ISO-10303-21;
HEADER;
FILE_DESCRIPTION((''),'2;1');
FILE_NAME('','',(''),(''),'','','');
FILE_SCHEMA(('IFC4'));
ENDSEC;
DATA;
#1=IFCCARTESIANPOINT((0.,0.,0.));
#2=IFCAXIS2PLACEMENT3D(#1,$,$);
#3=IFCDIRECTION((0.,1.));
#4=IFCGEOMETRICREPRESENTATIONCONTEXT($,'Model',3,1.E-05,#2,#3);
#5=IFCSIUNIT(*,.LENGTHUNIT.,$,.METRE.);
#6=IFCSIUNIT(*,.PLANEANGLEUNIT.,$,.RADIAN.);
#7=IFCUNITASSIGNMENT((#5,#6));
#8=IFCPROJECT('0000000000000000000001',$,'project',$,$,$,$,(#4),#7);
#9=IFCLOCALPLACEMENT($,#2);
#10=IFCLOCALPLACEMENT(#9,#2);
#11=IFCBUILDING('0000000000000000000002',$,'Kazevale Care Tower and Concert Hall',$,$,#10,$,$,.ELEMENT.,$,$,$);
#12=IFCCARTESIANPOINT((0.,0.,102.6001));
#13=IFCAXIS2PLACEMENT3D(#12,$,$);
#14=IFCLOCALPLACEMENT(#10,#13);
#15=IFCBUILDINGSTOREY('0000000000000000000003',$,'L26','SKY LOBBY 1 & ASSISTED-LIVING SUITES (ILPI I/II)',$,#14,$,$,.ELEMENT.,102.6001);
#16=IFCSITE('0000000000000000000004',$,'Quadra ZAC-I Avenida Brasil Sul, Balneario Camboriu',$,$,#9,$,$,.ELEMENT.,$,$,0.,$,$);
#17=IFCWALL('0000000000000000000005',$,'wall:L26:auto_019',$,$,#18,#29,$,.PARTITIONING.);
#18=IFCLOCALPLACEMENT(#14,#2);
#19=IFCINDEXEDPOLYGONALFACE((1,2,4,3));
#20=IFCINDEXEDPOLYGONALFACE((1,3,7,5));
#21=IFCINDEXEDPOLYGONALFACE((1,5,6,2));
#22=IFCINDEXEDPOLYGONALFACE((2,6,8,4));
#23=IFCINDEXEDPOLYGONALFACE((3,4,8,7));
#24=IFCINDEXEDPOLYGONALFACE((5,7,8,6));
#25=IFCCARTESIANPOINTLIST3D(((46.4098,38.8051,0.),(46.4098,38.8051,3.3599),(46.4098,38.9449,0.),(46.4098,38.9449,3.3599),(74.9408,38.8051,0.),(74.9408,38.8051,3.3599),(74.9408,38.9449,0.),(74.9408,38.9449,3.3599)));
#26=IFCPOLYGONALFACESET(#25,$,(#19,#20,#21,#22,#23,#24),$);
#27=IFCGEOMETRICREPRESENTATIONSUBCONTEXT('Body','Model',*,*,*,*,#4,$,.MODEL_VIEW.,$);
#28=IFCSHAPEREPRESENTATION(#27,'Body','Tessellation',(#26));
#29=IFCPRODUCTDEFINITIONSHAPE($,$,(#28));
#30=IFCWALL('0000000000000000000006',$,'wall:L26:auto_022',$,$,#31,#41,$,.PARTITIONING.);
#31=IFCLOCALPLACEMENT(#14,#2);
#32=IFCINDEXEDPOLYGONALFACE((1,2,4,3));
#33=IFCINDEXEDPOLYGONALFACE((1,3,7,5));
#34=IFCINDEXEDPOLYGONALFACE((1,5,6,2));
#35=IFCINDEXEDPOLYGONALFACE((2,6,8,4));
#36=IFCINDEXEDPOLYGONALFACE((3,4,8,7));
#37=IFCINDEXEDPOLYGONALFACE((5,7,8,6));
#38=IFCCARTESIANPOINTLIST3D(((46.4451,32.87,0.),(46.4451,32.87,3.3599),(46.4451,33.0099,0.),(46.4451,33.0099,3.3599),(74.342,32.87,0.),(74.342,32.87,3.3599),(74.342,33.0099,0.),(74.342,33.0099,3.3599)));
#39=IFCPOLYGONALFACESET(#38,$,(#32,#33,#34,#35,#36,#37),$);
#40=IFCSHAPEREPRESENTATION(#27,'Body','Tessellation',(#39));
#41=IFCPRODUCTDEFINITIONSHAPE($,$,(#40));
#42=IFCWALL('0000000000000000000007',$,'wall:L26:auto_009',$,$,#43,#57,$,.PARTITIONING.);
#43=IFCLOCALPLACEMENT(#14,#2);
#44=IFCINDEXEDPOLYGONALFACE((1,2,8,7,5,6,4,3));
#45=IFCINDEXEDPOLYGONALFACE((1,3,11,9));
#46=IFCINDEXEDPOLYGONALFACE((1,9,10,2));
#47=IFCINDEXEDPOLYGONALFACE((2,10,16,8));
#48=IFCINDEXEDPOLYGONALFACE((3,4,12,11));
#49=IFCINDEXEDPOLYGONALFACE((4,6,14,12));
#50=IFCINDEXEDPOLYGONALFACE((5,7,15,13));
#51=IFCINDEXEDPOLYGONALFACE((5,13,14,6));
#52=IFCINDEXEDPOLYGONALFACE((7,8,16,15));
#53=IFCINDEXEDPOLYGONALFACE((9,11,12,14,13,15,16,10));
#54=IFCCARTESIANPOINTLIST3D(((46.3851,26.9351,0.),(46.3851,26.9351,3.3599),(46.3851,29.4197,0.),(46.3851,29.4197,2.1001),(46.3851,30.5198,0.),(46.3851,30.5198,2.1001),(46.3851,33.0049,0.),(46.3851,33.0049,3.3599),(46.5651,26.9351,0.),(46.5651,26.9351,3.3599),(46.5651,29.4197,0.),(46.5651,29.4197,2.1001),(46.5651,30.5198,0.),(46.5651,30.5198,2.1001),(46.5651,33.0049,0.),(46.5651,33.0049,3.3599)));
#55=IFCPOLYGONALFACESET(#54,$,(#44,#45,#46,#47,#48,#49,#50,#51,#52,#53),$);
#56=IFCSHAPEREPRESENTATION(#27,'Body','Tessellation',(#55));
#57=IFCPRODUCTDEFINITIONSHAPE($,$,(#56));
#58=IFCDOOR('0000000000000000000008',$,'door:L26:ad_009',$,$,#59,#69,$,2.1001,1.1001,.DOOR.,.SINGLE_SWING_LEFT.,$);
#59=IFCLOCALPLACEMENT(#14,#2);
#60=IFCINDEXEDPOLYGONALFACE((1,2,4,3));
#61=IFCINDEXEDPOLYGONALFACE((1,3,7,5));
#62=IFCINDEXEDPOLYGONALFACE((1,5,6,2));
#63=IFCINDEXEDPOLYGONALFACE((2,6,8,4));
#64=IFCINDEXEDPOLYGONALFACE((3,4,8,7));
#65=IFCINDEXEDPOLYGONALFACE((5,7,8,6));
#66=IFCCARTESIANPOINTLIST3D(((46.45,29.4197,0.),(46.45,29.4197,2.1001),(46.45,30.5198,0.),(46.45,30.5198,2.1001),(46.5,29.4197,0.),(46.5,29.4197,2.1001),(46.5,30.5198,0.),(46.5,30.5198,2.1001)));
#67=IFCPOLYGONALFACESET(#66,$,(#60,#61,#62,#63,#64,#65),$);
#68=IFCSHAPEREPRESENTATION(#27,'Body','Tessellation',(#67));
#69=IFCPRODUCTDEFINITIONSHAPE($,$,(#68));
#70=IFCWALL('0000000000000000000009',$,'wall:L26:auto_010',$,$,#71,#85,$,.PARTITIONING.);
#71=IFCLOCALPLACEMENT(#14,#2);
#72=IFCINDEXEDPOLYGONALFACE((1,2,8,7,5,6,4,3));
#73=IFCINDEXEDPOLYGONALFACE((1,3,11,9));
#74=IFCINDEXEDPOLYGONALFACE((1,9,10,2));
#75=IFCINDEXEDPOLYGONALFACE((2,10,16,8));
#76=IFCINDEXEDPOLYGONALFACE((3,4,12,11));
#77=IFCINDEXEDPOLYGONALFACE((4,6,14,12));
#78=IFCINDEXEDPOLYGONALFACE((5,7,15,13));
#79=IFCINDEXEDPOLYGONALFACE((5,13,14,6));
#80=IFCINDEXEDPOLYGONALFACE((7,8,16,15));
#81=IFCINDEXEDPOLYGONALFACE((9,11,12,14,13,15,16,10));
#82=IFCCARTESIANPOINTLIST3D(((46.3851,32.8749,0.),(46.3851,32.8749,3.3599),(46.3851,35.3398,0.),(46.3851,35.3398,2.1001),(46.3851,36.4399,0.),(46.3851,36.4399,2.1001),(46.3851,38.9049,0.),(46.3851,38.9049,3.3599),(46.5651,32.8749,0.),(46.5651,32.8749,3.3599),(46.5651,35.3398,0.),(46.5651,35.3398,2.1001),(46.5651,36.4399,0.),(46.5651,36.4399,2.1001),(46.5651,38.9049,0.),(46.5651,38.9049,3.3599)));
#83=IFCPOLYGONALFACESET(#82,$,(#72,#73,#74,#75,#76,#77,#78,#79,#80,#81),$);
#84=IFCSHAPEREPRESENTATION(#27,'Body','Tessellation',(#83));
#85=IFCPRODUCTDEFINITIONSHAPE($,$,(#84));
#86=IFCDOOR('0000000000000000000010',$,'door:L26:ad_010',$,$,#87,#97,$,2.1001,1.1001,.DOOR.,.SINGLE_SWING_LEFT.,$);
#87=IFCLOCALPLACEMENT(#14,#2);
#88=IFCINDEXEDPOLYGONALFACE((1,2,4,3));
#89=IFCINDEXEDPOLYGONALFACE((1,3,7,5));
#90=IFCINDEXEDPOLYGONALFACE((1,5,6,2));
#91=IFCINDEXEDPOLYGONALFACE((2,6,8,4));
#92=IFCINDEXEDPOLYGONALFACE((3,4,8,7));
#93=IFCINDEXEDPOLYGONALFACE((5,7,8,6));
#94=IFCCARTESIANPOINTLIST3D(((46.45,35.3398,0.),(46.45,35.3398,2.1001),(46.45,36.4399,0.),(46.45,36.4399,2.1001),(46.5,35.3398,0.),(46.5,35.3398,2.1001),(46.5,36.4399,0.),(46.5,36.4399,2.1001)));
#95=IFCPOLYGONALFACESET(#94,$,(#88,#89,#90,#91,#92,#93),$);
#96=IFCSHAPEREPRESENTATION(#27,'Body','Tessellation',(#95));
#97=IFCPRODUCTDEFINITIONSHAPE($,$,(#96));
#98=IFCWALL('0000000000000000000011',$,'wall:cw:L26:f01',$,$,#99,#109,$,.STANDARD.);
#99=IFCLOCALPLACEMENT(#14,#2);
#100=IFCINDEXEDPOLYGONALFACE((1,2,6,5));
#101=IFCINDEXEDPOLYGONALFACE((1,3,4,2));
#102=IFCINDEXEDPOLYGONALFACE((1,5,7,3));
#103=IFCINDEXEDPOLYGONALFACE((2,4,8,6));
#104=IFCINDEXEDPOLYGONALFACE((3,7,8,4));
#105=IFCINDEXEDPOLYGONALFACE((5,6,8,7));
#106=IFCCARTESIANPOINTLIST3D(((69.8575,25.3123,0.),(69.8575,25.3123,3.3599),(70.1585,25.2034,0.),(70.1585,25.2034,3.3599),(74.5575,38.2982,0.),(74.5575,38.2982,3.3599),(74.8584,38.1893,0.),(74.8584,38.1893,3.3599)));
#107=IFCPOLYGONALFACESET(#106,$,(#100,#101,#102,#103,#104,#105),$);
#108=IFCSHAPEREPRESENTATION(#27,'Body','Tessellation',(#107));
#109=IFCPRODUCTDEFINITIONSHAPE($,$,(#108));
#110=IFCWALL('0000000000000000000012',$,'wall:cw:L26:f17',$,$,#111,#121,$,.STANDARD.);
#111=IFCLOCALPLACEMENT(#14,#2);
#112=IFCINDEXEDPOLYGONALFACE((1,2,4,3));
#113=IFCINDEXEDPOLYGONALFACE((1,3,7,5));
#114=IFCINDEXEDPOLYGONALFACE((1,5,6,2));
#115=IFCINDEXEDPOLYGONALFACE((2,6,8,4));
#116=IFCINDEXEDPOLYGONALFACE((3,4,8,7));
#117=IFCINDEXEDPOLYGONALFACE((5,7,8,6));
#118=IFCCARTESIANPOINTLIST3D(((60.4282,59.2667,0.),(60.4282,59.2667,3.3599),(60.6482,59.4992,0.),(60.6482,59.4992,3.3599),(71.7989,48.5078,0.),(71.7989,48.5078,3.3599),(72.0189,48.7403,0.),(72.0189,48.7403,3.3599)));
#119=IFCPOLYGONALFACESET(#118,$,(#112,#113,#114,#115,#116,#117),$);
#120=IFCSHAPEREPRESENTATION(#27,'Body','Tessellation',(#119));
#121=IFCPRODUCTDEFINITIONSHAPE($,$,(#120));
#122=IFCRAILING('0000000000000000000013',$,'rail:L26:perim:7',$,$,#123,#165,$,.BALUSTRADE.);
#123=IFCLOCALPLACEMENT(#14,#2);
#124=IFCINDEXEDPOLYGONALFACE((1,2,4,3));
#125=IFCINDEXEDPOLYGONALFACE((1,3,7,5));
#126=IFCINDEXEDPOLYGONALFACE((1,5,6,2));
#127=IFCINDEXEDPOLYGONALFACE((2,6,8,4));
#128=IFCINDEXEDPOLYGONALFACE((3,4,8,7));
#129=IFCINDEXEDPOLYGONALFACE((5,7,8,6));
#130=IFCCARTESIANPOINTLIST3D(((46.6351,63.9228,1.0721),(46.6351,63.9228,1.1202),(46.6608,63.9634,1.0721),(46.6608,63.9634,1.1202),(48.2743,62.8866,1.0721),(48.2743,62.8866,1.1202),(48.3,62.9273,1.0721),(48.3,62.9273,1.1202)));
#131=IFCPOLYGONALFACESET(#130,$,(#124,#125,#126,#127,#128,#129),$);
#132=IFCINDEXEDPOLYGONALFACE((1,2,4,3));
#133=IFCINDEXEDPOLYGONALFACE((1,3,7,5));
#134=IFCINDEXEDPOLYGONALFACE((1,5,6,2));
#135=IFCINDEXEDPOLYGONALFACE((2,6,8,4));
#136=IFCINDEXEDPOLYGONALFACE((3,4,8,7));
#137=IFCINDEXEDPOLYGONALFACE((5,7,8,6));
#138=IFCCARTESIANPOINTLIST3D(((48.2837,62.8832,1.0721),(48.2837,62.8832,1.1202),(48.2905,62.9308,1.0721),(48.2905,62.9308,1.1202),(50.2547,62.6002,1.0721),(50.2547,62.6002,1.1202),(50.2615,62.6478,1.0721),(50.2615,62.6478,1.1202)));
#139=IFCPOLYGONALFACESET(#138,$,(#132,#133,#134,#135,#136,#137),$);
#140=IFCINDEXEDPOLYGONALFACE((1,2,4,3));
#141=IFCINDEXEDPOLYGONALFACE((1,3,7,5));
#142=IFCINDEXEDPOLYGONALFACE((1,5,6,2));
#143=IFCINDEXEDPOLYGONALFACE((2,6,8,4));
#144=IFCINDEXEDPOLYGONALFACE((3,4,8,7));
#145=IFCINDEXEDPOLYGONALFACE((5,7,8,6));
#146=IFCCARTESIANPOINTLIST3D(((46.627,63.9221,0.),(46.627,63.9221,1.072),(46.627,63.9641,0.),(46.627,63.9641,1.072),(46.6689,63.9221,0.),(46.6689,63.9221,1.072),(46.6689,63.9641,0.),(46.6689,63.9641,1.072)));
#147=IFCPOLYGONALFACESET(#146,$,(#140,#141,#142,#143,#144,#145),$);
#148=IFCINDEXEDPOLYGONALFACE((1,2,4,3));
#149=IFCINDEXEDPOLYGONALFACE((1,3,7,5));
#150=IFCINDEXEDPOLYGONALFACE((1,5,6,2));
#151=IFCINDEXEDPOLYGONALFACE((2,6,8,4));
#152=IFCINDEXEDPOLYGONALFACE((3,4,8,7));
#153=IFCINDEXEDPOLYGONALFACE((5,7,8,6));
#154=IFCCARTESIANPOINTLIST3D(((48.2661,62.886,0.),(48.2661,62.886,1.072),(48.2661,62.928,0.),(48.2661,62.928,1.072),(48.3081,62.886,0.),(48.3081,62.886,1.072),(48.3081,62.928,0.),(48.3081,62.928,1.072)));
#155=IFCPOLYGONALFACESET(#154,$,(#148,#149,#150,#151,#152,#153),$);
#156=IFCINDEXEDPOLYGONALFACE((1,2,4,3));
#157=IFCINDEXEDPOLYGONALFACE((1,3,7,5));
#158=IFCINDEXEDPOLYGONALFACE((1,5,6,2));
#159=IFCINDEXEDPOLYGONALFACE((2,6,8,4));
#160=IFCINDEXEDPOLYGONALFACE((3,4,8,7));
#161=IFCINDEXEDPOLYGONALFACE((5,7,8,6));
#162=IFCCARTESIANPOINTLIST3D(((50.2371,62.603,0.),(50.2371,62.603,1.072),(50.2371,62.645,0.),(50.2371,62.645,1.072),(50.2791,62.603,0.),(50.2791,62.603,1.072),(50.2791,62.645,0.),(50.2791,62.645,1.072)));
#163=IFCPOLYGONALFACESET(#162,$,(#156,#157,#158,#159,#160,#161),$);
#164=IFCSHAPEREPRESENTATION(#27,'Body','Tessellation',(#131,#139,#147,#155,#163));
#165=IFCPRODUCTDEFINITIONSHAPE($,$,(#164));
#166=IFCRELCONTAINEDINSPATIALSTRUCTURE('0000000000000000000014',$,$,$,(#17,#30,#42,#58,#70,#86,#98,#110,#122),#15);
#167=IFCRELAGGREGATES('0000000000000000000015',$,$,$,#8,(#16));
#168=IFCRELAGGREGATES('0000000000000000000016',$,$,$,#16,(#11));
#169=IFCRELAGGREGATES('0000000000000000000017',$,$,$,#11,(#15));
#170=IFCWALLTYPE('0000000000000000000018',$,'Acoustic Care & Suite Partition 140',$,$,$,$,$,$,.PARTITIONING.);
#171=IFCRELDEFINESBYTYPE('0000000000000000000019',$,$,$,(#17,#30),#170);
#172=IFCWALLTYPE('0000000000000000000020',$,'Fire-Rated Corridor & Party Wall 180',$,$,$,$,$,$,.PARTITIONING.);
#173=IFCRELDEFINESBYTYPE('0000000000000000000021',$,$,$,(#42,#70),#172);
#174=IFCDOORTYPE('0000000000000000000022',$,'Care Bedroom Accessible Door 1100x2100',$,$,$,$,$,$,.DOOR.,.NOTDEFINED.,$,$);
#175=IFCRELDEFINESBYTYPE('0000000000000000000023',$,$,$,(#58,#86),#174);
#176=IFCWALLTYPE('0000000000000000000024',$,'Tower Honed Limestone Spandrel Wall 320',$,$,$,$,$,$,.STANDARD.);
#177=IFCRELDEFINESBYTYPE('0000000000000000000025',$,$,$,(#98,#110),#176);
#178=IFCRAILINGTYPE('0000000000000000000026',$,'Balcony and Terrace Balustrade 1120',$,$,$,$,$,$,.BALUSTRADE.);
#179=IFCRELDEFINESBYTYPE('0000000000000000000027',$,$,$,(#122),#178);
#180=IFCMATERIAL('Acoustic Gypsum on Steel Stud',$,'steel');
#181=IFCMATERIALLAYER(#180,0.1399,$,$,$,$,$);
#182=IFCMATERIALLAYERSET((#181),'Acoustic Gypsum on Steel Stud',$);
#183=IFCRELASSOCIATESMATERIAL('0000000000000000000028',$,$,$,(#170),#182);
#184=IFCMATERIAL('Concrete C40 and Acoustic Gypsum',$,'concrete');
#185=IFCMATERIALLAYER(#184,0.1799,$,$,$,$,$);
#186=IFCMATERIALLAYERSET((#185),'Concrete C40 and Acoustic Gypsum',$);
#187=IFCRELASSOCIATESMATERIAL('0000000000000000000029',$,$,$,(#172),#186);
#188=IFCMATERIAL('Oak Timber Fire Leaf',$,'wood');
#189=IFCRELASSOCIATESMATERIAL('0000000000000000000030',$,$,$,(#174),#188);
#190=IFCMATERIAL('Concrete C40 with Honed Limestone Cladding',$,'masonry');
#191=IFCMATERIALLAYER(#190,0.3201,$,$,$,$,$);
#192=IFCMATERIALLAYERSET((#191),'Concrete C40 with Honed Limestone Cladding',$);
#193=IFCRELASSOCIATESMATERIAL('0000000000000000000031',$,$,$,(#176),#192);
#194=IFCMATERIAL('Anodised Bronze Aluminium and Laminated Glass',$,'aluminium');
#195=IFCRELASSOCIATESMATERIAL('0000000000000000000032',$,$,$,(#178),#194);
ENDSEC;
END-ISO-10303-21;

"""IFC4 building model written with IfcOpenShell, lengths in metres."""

from ifc_helpers import new_model, si_unit, direction, frame, frame_2d, origin, origin_2d, place, context, subcontext, project, spatial, rectangle, extrude, material, layer, layer_set, type_object, element, fill, save


model = new_model("IFC4")

# Units and contexts
model_context = context("Model", 3, precision=1e-05, world=origin(), true_north=direction((0.0, 1.0)))
body_context = subcontext(model_context, "Body", "Model", "MODEL_VIEW")
ifc_project = project(units=[si_unit("LENGTHUNIT", "METRE"), si_unit("PLANEANGLEUNIT", "RADIAN")], contexts=[model_context])

# Site, building, storey
site_placement = place(None, origin())
site = spatial("IfcSite", under=ifc_project, at=site_placement, Name="Quadra ZAC-I Avenida Brasil Sul, Balneario Camboriu", CompositionType="ELEMENT", RefElevation=0.0)
building_placement = place(site_placement, origin())
building = spatial("IfcBuilding", under=site, at=building_placement, Name="Kazevale Care Tower and Concert Hall", CompositionType="ELEMENT")
storey_placement = place(building_placement, frame((0.0, 0.0, 102.6001)))
storey = spatial("IfcBuildingStorey", under=building, at=storey_placement, Name="L26", Description="SKY LOBBY 1 & ASSISTED-LIVING SUITES (ILPI I/II)", CompositionType="ELEMENT", Elevation=102.6001)

# Walls
ifc_material_1 = material(Name="Acoustic Gypsum on Steel Stud", Category="steel")
ifc_layer_1 = layer(ifc_material_1, 0.1399)
ifc_layer_set_1 = layer_set([ifc_layer_1], Name="Acoustic Gypsum on Steel Stud")
wall_type_1 = type_object("IfcWallType", Name="Acoustic Care & Suite Partition 140", PredefinedType="PARTITIONING", material=ifc_layer_set_1)
wall_1_placement = place(storey_placement, frame((74.9409, 38.875, 0.0), z_axis=(0.0, 0.0, 1.0), x_axis=(-1.0, 0.0, 0.0)))
element("IfcWall", 1, at=wall_1_placement, inside=storey, type_object=wall_type_1, Name="wall:L26:auto_019", PredefinedType="PARTITIONING", context=body_context, shape_type="SweptSolid", body=[
    extrude(rectangle(XDim=28.531, YDim=0.1399, at=frame_2d((14.2656, 0.0))), origin(), (0.0, 0.0, 1.0), 3.3599),
])
wall_2_placement = place(storey_placement, frame((46.4451, 32.9399, 0.0), z_axis=(0.0, 0.0, 1.0), x_axis=(1.0, 0.0, 0.0)))
element("IfcWall", 2, at=wall_2_placement, inside=storey, type_object=wall_type_1, Name="wall:L26:auto_022", PredefinedType="PARTITIONING", context=body_context, shape_type="SweptSolid", body=[
    extrude(rectangle(XDim=27.897, YDim=0.1399, at=frame_2d((13.9485, 0.0))), origin(), (0.0, 0.0, 1.0), 3.3599),
])

# Walls, openings, doors
ifc_material_2 = material(Name="Concrete C40 and Acoustic Gypsum", Category="concrete")
ifc_layer_2 = layer(ifc_material_2, 0.1799)
ifc_layer_set_2 = layer_set([ifc_layer_2], Name="Concrete C40 and Acoustic Gypsum")
wall_type_2 = type_object("IfcWallType", Name="Fire-Rated Corridor & Party Wall 180", PredefinedType="PARTITIONING", material=ifc_layer_set_2)
wall_3_placement = place(storey_placement, frame((46.4751, 33.0049, 0.0), z_axis=(0.0, 0.0, 1.0), x_axis=(0.0, -1.0, 0.0)))
wall_3 = element("IfcWall", 3, at=wall_3_placement, inside=storey, type_object=wall_type_2, Name="wall:L26:auto_009", PredefinedType="PARTITIONING", context=body_context, shape_type="SweptSolid", body=[
    extrude(rectangle(XDim=6.0698, YDim=0.1799, at=frame_2d((3.0349, 0.0))), origin(), (0.0, 0.0, 1.0), 3.3599),
])
opening_1_placement = place(wall_3_placement, frame((2.4851, 0.0, 0.0)))
opening_1 = element("IfcOpeningElement", 4, at=opening_1_placement, cuts=wall_3, PredefinedType="OPENING", context=body_context, shape_type="SweptSolid", body=[
    extrude(rectangle(XDim=1.1001, YDim=2.1001, at=frame_2d((0.55, 1.05))), frame((0.0, 0.0999, 0.0), z_axis=(0.0, -1.0, 0.0), x_axis=(1.0, 0.0, 0.0)), (0.0, 0.0, 1.0), 0.2),
])
ifc_material_3 = material(Name="Oak Timber Fire Leaf", Category="wood")
door_type = type_object("IfcDoorType", Name="Care Bedroom Accessible Door 1100x2100", OperationType="NOTDEFINED", PredefinedType="DOOR", material=ifc_material_3)
door_1_placement = place(opening_1_placement, origin())
door_1 = element("IfcDoor", 5, at=door_1_placement, inside=storey, type_object=door_type, Name="door:L26:ad_009", OperationType="SINGLE_SWING_LEFT", OverallHeight=2.1001, OverallWidth=1.1001, PredefinedType="DOOR", context=body_context, shape_type="SweptSolid", body=[
    extrude(rectangle(XDim=1.1001, YDim=2.1001, at=frame_2d((0.55, 1.05))), frame((0.0, 0.0249, 0.0), z_axis=(0.0, -1.0, 0.0), x_axis=(1.0, 0.0, 0.0)), (0.0, 0.0, 1.0), 0.05),
])
fill(opening_1, door_1)
wall_4_placement = place(storey_placement, frame((46.4751, 38.905, 0.0), z_axis=(0.0, 0.0, 1.0), x_axis=(0.0, -1.0, 0.0)))
wall_4 = element("IfcWall", 6, at=wall_4_placement, inside=storey, type_object=wall_type_2, Name="wall:L26:auto_010", PredefinedType="PARTITIONING", context=body_context, shape_type="SweptSolid", body=[
    extrude(rectangle(XDim=6.03, YDim=0.1799, at=frame_2d((3.0151, 0.0))), origin(), (0.0, 0.0, 1.0), 3.3599),
])
opening_2_placement = place(wall_4_placement, frame((2.4651, 0.0, 0.0)))
opening_2 = element("IfcOpeningElement", 7, at=opening_2_placement, cuts=wall_4, PredefinedType="OPENING", context=body_context, shape_type="SweptSolid", body=[
    extrude(rectangle(XDim=1.1001, YDim=2.1001, at=frame_2d((0.55, 1.05))), frame((0.0, 0.0999, 0.0), z_axis=(0.0, -1.0, 0.0), x_axis=(1.0, 0.0, 0.0)), (0.0, 0.0, 1.0), 0.2),
])
door_2_placement = place(opening_2_placement, origin())
door_2 = element("IfcDoor", 8, at=door_2_placement, inside=storey, type_object=door_type, Name="door:L26:ad_010", OperationType="SINGLE_SWING_LEFT", OverallHeight=2.1001, OverallWidth=1.1001, PredefinedType="DOOR", context=body_context, shape_type="SweptSolid", body=[
    extrude(rectangle(XDim=1.1001, YDim=2.1001, at=frame_2d((0.55, 1.05))), frame((0.0, 0.0249, 0.0), z_axis=(0.0, -1.0, 0.0), x_axis=(1.0, 0.0, 0.0)), (0.0, 0.0, 1.0), 0.05),
])
fill(opening_2, door_2)

# Walls
ifc_material_4 = material(Name="Concrete C40 with Honed Limestone Cladding", Category="masonry")
ifc_layer_3 = layer(ifc_material_4, 0.3201)
ifc_layer_set_3 = layer_set([ifc_layer_3], Name="Concrete C40 with Honed Limestone Cladding")
wall_type_3 = type_object("IfcWallType", Name="Tower Honed Limestone Spandrel Wall 320", PredefinedType="STANDARD", material=ifc_layer_set_3)
wall_5_placement = place(storey_placement, frame((74.708, 38.2439, 0.0), z_axis=(0.0, 0.0, 1.0), x_axis=(-0.340325, -0.940308, 0.0)))
element("IfcWall", 9, at=wall_5_placement, inside=storey, type_object=wall_type_3, Name="wall:cw:L26:f01", PredefinedType="STANDARD", context=body_context, shape_type="SweptSolid", body=[
    extrude(rectangle(XDim=13.8103, YDim=0.3201, at=frame_2d((6.9053, 0.0))), origin(), (0.0, 0.0, 1.0), 3.3599),
])
wall_6_placement = place(storey_placement, frame((60.5381, 59.3831, 0.0), z_axis=(0.0, 0.0, 1.0), x_axis=(0.726378, -0.687295, 0.0)))
element("IfcWall", 10, at=wall_6_placement, inside=storey, type_object=wall_type_3, Name="wall:cw:L26:f17", PredefinedType="STANDARD", context=body_context, shape_type="SweptSolid", body=[
    extrude(rectangle(XDim=15.6541, YDim=0.3201, at=frame_2d((7.8271, 0.0))), origin(), (0.0, 0.0, 1.0), 3.3599),
])

# Railing
ifc_material_5 = material(Name="Anodised Bronze Aluminium and Laminated Glass", Category="aluminium")
railing_type = type_object("IfcRailingType", Name="Balcony and Terrace Balustrade 1120", PredefinedType="BALUSTRADE", material=ifc_material_5)
railing_1_placement = place(storey_placement, frame((46.6479, 63.9431, 0.0)))
element("IfcRailing", 11, at=railing_1_placement, inside=storey, type_object=railing_type, Name="rail:L26:perim:7", PredefinedType="BALUSTRADE", context=body_context, shape_type="SweptSolid", body=[
    extrude(rectangle(XDim=0.0481, YDim=0.0481, at=origin_2d()), frame((0.0, 0.0, 1.0962), z_axis=(0.845285, -0.534315, 0.0), x_axis=(0.534315, 0.845285, 0.0)), (0.0, 0.0, 1.0), 1.9392),
    extrude(rectangle(XDim=0.0481, YDim=0.0481, at=origin_2d()), frame((1.6392, -1.0361, 1.0962), z_axis=(0.989851, -0.142108, 0.0), x_axis=(0.142108, 0.989851, 0.0)), (0.0, 0.0, 1.0), 1.9912),
    extrude(rectangle(XDim=0.042, YDim=0.042, at=origin_2d()), origin(), (0.0, 0.0, 1.0), 1.072),
    extrude(rectangle(XDim=0.042, YDim=0.042, at=origin_2d()), frame((1.6392, -1.0361, 0.0)), (0.0, 0.0, 1.0), 1.072),
    extrude(rectangle(XDim=0.042, YDim=0.042, at=origin_2d()), frame((3.6101, -1.3191, 0.0)), (0.0, 0.0, 1.0), 1.072),
])

save(model, "model.ifc")
